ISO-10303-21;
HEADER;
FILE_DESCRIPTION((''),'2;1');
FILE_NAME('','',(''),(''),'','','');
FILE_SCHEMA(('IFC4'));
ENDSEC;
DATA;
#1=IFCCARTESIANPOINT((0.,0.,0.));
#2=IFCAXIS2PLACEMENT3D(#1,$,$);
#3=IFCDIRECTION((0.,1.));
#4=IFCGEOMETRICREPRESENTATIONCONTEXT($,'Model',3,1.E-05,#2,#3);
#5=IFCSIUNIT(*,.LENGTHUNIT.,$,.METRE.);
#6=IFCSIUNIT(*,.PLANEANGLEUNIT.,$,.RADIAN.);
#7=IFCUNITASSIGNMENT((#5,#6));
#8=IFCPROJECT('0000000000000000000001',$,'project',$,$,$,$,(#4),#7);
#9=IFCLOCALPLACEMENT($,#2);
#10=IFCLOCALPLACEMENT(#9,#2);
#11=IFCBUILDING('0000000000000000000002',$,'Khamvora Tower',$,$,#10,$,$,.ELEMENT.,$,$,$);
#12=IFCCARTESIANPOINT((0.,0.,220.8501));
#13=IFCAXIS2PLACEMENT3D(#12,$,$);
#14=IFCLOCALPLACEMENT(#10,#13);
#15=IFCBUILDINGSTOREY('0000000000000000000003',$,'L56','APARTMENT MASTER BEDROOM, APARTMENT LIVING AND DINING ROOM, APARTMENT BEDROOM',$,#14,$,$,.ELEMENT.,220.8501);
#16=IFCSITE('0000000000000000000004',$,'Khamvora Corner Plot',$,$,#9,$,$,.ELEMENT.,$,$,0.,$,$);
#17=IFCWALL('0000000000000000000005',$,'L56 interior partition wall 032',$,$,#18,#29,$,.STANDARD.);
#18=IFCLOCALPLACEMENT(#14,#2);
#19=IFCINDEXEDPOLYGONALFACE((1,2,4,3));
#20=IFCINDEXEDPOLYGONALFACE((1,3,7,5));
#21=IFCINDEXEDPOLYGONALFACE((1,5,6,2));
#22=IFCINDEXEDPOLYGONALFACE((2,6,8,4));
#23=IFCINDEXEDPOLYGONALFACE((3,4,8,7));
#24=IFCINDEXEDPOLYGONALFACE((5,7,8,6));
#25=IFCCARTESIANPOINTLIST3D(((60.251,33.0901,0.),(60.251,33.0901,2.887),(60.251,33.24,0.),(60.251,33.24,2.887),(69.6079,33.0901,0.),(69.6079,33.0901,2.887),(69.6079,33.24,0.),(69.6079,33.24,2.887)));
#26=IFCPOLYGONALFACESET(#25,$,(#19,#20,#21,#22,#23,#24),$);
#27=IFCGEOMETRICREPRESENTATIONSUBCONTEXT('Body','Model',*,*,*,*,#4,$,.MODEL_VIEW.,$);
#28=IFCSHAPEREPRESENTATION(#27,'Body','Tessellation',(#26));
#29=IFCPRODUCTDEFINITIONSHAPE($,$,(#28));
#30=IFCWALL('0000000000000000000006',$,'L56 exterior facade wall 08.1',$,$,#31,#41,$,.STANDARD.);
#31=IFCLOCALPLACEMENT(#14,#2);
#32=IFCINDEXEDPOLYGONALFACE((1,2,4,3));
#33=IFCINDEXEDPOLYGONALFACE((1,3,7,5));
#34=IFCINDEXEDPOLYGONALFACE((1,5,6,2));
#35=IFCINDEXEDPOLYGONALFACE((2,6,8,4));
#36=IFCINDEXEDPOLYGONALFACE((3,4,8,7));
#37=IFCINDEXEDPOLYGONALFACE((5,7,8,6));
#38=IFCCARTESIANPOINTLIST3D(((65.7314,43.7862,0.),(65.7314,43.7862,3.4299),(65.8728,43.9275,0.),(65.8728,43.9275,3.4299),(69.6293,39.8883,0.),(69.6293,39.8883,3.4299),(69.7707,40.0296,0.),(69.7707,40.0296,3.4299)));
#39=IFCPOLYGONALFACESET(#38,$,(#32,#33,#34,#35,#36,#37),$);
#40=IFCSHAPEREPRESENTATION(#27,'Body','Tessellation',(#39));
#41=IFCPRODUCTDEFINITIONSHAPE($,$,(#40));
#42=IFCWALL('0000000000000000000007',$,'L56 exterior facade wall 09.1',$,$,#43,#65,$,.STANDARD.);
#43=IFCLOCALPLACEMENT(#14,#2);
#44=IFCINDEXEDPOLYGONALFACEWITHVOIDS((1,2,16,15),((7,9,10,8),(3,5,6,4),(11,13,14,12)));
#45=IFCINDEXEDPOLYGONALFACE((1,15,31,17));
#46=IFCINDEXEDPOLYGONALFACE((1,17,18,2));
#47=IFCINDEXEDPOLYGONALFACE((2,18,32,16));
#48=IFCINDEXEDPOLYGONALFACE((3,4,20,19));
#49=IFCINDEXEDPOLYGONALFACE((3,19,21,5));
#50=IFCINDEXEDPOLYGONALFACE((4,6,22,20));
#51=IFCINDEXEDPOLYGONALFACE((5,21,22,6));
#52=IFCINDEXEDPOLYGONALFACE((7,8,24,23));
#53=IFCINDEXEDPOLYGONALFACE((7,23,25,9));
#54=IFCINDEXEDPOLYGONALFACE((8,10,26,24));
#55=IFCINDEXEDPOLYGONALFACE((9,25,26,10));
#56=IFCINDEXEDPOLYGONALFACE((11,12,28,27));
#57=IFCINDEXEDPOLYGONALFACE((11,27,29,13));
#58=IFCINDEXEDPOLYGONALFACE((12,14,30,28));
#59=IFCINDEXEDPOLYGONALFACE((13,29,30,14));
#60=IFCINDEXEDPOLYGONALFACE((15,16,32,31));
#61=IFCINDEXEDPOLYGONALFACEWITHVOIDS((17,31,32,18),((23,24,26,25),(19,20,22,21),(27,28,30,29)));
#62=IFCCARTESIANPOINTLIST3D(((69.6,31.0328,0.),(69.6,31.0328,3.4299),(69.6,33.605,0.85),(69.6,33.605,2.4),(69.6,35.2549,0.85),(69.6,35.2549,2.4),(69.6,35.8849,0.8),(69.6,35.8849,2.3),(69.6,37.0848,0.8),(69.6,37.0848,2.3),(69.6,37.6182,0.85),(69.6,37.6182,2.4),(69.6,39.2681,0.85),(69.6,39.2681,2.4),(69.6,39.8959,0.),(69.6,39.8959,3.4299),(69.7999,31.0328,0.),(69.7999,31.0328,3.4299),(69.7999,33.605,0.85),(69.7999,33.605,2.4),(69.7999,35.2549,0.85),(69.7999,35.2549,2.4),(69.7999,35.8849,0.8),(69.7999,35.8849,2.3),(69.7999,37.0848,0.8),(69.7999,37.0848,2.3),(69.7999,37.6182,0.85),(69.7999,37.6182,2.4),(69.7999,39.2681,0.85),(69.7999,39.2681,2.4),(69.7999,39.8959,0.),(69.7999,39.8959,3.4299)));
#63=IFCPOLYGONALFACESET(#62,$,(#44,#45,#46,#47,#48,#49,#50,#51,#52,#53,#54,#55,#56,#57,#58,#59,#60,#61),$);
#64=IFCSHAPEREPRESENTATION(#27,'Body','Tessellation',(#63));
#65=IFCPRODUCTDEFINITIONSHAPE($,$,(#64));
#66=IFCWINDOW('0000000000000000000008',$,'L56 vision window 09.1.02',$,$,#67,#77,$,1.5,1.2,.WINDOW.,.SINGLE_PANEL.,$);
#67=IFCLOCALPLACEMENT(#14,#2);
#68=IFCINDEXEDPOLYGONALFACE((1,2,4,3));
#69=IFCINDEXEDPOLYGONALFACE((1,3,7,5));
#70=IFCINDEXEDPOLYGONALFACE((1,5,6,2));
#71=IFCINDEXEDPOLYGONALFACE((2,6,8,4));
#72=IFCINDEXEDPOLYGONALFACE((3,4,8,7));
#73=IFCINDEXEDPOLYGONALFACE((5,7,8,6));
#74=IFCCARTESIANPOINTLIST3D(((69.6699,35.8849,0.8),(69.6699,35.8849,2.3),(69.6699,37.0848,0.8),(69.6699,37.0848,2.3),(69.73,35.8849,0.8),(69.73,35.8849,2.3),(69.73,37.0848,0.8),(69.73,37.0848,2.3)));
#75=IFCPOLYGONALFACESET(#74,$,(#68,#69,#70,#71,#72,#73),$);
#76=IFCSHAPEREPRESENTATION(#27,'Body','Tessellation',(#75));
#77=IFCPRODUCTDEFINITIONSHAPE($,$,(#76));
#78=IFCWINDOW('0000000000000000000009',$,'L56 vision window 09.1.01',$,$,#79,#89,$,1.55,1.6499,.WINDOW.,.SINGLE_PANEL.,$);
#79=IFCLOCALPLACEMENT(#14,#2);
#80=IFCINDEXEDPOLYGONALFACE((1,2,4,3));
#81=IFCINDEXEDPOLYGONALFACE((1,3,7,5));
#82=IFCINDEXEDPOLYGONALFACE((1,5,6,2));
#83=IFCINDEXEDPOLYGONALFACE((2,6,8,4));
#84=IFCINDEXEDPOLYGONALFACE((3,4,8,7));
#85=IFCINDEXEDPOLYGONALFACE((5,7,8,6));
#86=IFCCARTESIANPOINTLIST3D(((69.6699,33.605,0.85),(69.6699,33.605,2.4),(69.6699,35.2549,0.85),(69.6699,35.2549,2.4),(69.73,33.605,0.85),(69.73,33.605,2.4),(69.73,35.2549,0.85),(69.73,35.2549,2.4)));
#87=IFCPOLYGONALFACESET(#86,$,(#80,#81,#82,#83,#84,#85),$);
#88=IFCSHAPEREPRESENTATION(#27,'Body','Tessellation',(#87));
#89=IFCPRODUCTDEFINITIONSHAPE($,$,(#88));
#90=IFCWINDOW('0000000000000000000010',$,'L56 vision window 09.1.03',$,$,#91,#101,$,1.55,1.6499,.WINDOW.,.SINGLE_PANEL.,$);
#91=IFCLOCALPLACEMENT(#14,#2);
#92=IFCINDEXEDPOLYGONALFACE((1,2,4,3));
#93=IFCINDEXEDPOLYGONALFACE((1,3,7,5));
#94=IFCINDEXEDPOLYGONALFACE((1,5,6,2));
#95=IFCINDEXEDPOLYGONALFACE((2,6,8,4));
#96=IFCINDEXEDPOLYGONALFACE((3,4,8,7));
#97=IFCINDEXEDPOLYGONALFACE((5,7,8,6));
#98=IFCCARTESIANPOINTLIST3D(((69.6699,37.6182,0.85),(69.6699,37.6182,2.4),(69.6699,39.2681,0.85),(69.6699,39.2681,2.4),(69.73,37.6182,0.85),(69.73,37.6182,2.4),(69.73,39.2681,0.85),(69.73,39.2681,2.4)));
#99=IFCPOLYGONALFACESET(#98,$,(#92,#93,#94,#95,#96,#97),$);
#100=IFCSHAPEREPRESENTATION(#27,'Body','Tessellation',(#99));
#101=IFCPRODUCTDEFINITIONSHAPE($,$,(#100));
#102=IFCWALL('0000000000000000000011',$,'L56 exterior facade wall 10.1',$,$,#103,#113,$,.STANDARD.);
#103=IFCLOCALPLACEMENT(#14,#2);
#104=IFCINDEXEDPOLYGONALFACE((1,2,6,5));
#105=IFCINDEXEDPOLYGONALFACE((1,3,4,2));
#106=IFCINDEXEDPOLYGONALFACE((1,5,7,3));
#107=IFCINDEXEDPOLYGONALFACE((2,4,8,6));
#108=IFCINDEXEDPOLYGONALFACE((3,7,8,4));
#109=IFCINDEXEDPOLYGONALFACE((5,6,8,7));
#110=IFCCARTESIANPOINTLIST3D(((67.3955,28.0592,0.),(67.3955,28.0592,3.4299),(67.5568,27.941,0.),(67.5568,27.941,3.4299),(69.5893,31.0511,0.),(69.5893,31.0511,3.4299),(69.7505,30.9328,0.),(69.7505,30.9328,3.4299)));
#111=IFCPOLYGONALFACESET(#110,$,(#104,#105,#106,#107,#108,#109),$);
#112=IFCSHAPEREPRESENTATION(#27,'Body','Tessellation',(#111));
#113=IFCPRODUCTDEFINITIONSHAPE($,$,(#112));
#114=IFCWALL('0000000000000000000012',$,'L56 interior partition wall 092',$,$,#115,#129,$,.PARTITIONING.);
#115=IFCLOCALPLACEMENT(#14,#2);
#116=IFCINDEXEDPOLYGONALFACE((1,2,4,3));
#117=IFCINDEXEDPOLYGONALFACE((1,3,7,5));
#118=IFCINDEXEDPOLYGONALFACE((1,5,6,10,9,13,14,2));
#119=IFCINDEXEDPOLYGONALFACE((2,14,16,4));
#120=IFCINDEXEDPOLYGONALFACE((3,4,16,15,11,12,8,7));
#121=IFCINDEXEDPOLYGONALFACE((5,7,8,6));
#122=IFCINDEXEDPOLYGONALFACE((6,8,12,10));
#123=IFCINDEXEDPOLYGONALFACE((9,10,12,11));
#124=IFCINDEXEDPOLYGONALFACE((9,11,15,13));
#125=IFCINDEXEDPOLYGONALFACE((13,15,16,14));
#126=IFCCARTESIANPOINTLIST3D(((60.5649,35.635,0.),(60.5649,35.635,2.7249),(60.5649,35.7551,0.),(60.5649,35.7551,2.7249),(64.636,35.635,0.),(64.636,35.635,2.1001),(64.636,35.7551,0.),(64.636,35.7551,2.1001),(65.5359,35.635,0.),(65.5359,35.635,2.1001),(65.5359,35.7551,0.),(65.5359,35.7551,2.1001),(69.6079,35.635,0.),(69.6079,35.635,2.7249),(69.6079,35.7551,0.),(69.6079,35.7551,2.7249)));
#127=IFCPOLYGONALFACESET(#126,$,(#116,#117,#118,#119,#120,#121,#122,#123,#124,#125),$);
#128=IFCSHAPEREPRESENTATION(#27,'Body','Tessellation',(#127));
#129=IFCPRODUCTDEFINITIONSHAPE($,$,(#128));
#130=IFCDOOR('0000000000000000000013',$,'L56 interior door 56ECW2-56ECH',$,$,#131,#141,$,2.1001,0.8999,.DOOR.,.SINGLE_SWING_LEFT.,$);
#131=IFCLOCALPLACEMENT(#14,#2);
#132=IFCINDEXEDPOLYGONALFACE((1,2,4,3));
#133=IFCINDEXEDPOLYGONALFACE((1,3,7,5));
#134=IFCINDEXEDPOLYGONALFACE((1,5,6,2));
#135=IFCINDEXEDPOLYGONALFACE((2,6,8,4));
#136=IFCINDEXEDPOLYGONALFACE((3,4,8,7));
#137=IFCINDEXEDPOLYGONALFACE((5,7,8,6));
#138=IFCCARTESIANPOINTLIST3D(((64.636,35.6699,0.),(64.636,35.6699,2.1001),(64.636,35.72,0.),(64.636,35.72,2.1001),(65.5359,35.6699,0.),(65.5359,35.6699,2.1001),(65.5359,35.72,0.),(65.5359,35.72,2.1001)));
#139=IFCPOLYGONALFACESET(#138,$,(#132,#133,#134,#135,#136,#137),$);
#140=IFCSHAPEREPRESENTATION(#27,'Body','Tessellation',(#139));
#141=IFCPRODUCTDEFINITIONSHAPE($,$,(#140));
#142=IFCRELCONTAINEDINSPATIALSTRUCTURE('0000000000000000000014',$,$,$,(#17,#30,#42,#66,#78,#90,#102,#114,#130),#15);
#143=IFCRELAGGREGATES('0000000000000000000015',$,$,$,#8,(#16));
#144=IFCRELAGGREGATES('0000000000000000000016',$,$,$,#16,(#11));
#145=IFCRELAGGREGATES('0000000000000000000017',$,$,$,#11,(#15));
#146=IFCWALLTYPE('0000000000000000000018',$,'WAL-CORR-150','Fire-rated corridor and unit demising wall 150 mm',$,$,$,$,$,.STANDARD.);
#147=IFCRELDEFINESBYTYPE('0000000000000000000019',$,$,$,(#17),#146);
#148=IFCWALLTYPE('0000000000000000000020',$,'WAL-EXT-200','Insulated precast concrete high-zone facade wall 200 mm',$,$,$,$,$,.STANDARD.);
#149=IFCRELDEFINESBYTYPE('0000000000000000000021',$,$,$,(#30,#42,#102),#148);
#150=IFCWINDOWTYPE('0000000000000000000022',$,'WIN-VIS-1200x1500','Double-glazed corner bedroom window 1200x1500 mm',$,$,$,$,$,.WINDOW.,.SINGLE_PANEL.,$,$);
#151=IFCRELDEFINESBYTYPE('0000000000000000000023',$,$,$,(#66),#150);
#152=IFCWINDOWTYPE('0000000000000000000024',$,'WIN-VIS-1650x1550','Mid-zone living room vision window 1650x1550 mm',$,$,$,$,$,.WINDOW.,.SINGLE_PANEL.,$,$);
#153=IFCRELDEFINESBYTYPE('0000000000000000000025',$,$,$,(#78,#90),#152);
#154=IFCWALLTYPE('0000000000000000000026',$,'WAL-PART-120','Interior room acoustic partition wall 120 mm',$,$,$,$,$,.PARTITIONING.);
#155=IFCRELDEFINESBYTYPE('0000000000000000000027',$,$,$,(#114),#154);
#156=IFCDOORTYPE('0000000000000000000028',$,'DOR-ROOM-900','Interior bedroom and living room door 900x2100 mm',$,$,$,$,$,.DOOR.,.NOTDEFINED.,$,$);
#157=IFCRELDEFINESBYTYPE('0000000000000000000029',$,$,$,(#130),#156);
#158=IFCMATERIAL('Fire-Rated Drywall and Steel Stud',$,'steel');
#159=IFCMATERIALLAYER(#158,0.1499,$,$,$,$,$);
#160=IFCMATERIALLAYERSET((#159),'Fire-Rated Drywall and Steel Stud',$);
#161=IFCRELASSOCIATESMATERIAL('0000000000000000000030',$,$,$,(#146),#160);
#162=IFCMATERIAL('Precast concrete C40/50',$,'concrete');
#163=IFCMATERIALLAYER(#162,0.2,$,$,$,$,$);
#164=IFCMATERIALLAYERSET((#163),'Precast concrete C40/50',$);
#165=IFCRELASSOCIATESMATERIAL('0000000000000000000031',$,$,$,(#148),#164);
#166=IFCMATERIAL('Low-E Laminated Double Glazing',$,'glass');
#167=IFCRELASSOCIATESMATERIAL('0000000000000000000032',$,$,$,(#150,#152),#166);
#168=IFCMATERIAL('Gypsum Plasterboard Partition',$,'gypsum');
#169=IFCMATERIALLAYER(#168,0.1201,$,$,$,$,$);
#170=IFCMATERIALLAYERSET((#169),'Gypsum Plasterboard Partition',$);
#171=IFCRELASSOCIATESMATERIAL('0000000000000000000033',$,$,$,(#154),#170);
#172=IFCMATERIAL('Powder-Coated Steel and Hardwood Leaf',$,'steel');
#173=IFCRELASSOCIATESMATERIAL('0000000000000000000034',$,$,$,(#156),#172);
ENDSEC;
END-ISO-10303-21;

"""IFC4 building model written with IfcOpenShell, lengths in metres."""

from ifc_helpers import new_model, si_unit, direction, frame, frame_2d, origin, place, context, subcontext, project, spatial, rectangle, extrude, material, layer, layer_set, type_object, element, fill, save


model = new_model("IFC4")

# Units and contexts
model_context = context("Model", 3, precision=1e-05, world=origin(), true_north=direction((0.0, 1.0)))
body_context = subcontext(model_context, "Body", "Model", "MODEL_VIEW")
ifc_project = project(units=[si_unit("LENGTHUNIT", "METRE"), si_unit("PLANEANGLEUNIT", "RADIAN")], contexts=[model_context])

# Site, building, storey
site_placement = place(None, origin())
site = spatial("IfcSite", under=ifc_project, at=site_placement, Name="Khamvora Corner Plot", CompositionType="ELEMENT", RefElevation=0.0)
building_placement = place(site_placement, origin())
building = spatial("IfcBuilding", under=site, at=building_placement, Name="Khamvora Tower", CompositionType="ELEMENT")
storey_placement = place(building_placement, frame((0.0, 0.0, 220.8501)))
storey = spatial("IfcBuildingStorey", under=building, at=storey_placement, Name="L56", Description="APARTMENT MASTER BEDROOM, APARTMENT LIVING AND DINING ROOM, APARTMENT BEDROOM", CompositionType="ELEMENT", Elevation=220.8501)

# Shared definitions
ifc_material_1 = material(Name="Fire-Rated Drywall and Steel Stud", Category="steel")
ifc_layer_1 = layer(ifc_material_1, 0.1499)
ifc_layer_set_1 = layer_set([ifc_layer_1], Name="Fire-Rated Drywall and Steel Stud")
wall_type_1 = type_object("IfcWallType", Name="WAL-CORR-150", Description="Fire-rated corridor and unit demising wall 150 mm", PredefinedType="STANDARD", material=ifc_layer_set_1)
ifc_material_2 = material(Name="Powder-Coated Steel and Hardwood Leaf", Category="steel")

# Walls
wall_1_placement = place(storey_placement, frame((60.251, 33.165, 0.0), z_axis=(0.0, 0.0, 1.0), x_axis=(1.0, 0.0, 0.0)))
element("IfcWall", 1, at=wall_1_placement, inside=storey, type_object=wall_type_1, Name="L56 interior partition wall 032", PredefinedType="STANDARD", context=body_context, shape_type="SweptSolid", body=[
    extrude(rectangle(XDim=9.3569, YDim=0.1499, at=frame_2d((4.6785, 0.0))), origin(), (0.0, 0.0, 1.0), 2.887),
])
ifc_material_3 = material(Name="Precast concrete C40/50", Category="concrete")
ifc_layer_2 = layer(ifc_material_3, 0.2)
ifc_layer_set_2 = layer_set([ifc_layer_2], Name="Precast concrete C40/50")
wall_type_2 = type_object("IfcWallType", Name="WAL-EXT-200", Description="Insulated precast concrete high-zone facade wall 200 mm", PredefinedType="STANDARD", material=ifc_layer_set_2)
wall_2_placement = place(storey_placement, frame((65.802, 43.8569, 0.0), z_axis=(0.0, 0.0, 1.0), x_axis=(0.707107, -0.707107, 0.0)))
element("IfcWall", 2, at=wall_2_placement, inside=storey, type_object=wall_type_2, Name="L56 exterior facade wall 08.1", PredefinedType="STANDARD", context=body_context, shape_type="SweptSolid", body=[
    extrude(rectangle(XDim=5.5125, YDim=0.2, at=frame_2d((2.7563, 0.0))), origin(), (0.0, 0.0, 1.0), 3.4299),
])

# Wall, openings, windows
wall_3_placement = place(storey_placement, frame((69.7, 39.896, 0.0), z_axis=(0.0, 0.0, 1.0), x_axis=(0.0, -1.0, 0.0)))
wall_3 = element("IfcWall", 3, at=wall_3_placement, inside=storey, type_object=wall_type_2, Name="L56 exterior facade wall 09.1", PredefinedType="STANDARD", context=body_context, shape_type="SweptSolid", body=[
    extrude(rectangle(XDim=8.863, YDim=0.2, at=frame_2d((4.4316, 0.0))), origin(), (0.0, 0.0, 1.0), 3.4299),
])
opening_1_placement = place(wall_3_placement, frame((4.6411, 0.0, 0.8501)))
opening_1 = element("IfcOpeningElement", 4, at=opening_1_placement, cuts=wall_3, PredefinedType="OPENING", context=body_context, shape_type="SweptSolid", body=[
    extrude(rectangle(XDim=1.6499, YDim=1.55, at=frame_2d((0.825, 0.7749))), frame((0.0, 0.1099, 0.0), z_axis=(0.0, -1.0, 0.0), x_axis=(1.0, 0.0, 0.0)), (0.0, 0.0, 1.0), 0.22),
])
opening_2_placement = place(wall_3_placement, frame((2.811, 0.0, 0.8)))
opening_2 = element("IfcOpeningElement", 5, at=opening_2_placement, cuts=wall_3, PredefinedType="OPENING", context=body_context, shape_type="SweptSolid", body=[
    extrude(rectangle(XDim=1.2, YDim=1.5, at=frame_2d((0.6001, 0.75))), frame((0.0, 0.1099, 0.0), z_axis=(0.0, -1.0, 0.0), x_axis=(1.0, 0.0, 0.0)), (0.0, 0.0, 1.0), 0.22),
])
opening_3_placement = place(wall_3_placement, frame((0.6279, 0.0, 0.8501)))
opening_3 = element("IfcOpeningElement", 6, at=opening_3_placement, cuts=wall_3, PredefinedType="OPENING", context=body_context, shape_type="SweptSolid", body=[
    extrude(rectangle(XDim=1.6499, YDim=1.55, at=frame_2d((0.825, 0.7749))), frame((0.0, 0.1099, 0.0), z_axis=(0.0, -1.0, 0.0), x_axis=(1.0, 0.0, 0.0)), (0.0, 0.0, 1.0), 0.22),
])
ifc_material_4 = material(Name="Low-E Laminated Double Glazing", Category="glass")
window_type_1 = type_object("IfcWindowType", Name="WIN-VIS-1200x1500", Description="Double-glazed corner bedroom window 1200x1500 mm", PartitioningType="SINGLE_PANEL", PredefinedType="WINDOW", material=ifc_material_4)
window_1_placement = place(opening_2_placement, origin())
window_1 = element("IfcWindow", 7, at=window_1_placement, inside=storey, type_object=window_type_1, Name="L56 vision window 09.1.02", OverallHeight=1.5, OverallWidth=1.2, PartitioningType="SINGLE_PANEL", PredefinedType="WINDOW", context=body_context, shape_type="SweptSolid", body=[
    extrude(rectangle(XDim=1.2, YDim=1.5, at=frame_2d((0.6001, 0.75))), frame((0.0, 0.03, 0.0), z_axis=(0.0, -1.0, 0.0), x_axis=(1.0, 0.0, 0.0)), (0.0, 0.0, 1.0), 0.0601),
])
fill(opening_2, window_1)
window_type_2 = type_object("IfcWindowType", Name="WIN-VIS-1650x1550", Description="Mid-zone living room vision window 1650x1550 mm", PartitioningType="SINGLE_PANEL", PredefinedType="WINDOW", material=ifc_material_4)
window_2_placement = place(opening_1_placement, origin())
window_2 = element("IfcWindow", 8, at=window_2_placement, inside=storey, type_object=window_type_2, Name="L56 vision window 09.1.01", OverallHeight=1.55, OverallWidth=1.6499, PartitioningType="SINGLE_PANEL", PredefinedType="WINDOW", context=body_context, shape_type="SweptSolid", body=[
    extrude(rectangle(XDim=1.6499, YDim=1.55, at=frame_2d((0.825, 0.7749))), frame((0.0, 0.03, 0.0), z_axis=(0.0, -1.0, 0.0), x_axis=(1.0, 0.0, 0.0)), (0.0, 0.0, 1.0), 0.0601),
])
fill(opening_1, window_2)
window_3_placement = place(opening_3_placement, origin())
window_3 = element("IfcWindow", 9, at=window_3_placement, inside=storey, type_object=window_type_2, Name="L56 vision window 09.1.03", OverallHeight=1.55, OverallWidth=1.6499, PartitioningType="SINGLE_PANEL", PredefinedType="WINDOW", context=body_context, shape_type="SweptSolid", body=[
    extrude(rectangle(XDim=1.6499, YDim=1.55, at=frame_2d((0.825, 0.7749))), frame((0.0, 0.03, 0.0), z_axis=(0.0, -1.0, 0.0), x_axis=(1.0, 0.0, 0.0)), (0.0, 0.0, 1.0), 0.0601),
])
fill(opening_3, window_3)

# Wall
wall_4_placement = place(storey_placement, frame((69.6699, 30.9919, 0.0), z_axis=(0.0, 0.0, 1.0), x_axis=(-0.591321, -0.806436, 0.0)))
element("IfcWall", 10, at=wall_4_placement, inside=storey, type_object=wall_type_2, Name="L56 exterior facade wall 10.1", PredefinedType="STANDARD", context=body_context, shape_type="SweptSolid", body=[
    extrude(rectangle(XDim=3.71, YDim=0.2, at=frame_2d((1.855, 0.0))), origin(), (0.0, 0.0, 1.0), 3.4299),
])

# Wall, opening, door
ifc_material_5 = material(Name="Gypsum Plasterboard Partition", Category="gypsum")
ifc_layer_3 = layer(ifc_material_5, 0.1201)
ifc_layer_set_3 = layer_set([ifc_layer_3], Name="Gypsum Plasterboard Partition")
wall_type_3 = type_object("IfcWallType", Name="WAL-PART-120", Description="Interior room acoustic partition wall 120 mm", PredefinedType="PARTITIONING", material=ifc_layer_set_3)
wall_5_placement = place(storey_placement, frame((60.5649, 35.6951, 0.0), z_axis=(0.0, 0.0, 1.0), x_axis=(1.0, 0.0, 0.0)))
wall_5 = element("IfcWall", 11, at=wall_5_placement, inside=storey, type_object=wall_type_3, Name="L56 interior partition wall 092", PredefinedType="PARTITIONING", context=body_context, shape_type="SweptSolid", body=[
    extrude(rectangle(XDim=9.043, YDim=0.1201, at=frame_2d((4.5215, 0.0))), origin(), (0.0, 0.0, 1.0), 2.7249),
])
opening_4_placement = place(wall_5_placement, frame((4.071, 0.0, 0.0)))
opening_4 = element("IfcOpeningElement", 12, at=opening_4_placement, cuts=wall_5, PredefinedType="OPENING", context=body_context, shape_type="SweptSolid", body=[
    extrude(rectangle(XDim=0.8999, YDim=2.1001, at=frame_2d((0.45, 1.05))), frame((0.0, 0.0701, 0.0), z_axis=(0.0, -1.0, 0.0), x_axis=(1.0, 0.0, 0.0)), (0.0, 0.0, 1.0), 0.1401),
])
door_type_1 = type_object("IfcDoorType", Name="DOR-ROOM-900", Description="Interior bedroom and living room door 900x2100 mm", OperationType="NOTDEFINED", PredefinedType="DOOR", material=ifc_material_2)
door_1_placement = place(opening_4_placement, origin())
door_1 = element("IfcDoor", 13, at=door_1_placement, inside=storey, type_object=door_type_1, Name="L56 interior door 56ECW2-56ECH", OperationType="SINGLE_SWING_LEFT", OverallHeight=2.1001, OverallWidth=0.8999, PredefinedType="DOOR", context=body_context, shape_type="SweptSolid", body=[
    extrude(rectangle(XDim=0.8999, YDim=2.1001, at=frame_2d((0.45, 1.05))), frame((0.0, 0.0249, 0.0), z_axis=(0.0, -1.0, 0.0), x_axis=(1.0, 0.0, 0.0)), (0.0, 0.0, 1.0), 0.05),
])
fill(opening_4, door_1)

save(model, "model.ifc")
